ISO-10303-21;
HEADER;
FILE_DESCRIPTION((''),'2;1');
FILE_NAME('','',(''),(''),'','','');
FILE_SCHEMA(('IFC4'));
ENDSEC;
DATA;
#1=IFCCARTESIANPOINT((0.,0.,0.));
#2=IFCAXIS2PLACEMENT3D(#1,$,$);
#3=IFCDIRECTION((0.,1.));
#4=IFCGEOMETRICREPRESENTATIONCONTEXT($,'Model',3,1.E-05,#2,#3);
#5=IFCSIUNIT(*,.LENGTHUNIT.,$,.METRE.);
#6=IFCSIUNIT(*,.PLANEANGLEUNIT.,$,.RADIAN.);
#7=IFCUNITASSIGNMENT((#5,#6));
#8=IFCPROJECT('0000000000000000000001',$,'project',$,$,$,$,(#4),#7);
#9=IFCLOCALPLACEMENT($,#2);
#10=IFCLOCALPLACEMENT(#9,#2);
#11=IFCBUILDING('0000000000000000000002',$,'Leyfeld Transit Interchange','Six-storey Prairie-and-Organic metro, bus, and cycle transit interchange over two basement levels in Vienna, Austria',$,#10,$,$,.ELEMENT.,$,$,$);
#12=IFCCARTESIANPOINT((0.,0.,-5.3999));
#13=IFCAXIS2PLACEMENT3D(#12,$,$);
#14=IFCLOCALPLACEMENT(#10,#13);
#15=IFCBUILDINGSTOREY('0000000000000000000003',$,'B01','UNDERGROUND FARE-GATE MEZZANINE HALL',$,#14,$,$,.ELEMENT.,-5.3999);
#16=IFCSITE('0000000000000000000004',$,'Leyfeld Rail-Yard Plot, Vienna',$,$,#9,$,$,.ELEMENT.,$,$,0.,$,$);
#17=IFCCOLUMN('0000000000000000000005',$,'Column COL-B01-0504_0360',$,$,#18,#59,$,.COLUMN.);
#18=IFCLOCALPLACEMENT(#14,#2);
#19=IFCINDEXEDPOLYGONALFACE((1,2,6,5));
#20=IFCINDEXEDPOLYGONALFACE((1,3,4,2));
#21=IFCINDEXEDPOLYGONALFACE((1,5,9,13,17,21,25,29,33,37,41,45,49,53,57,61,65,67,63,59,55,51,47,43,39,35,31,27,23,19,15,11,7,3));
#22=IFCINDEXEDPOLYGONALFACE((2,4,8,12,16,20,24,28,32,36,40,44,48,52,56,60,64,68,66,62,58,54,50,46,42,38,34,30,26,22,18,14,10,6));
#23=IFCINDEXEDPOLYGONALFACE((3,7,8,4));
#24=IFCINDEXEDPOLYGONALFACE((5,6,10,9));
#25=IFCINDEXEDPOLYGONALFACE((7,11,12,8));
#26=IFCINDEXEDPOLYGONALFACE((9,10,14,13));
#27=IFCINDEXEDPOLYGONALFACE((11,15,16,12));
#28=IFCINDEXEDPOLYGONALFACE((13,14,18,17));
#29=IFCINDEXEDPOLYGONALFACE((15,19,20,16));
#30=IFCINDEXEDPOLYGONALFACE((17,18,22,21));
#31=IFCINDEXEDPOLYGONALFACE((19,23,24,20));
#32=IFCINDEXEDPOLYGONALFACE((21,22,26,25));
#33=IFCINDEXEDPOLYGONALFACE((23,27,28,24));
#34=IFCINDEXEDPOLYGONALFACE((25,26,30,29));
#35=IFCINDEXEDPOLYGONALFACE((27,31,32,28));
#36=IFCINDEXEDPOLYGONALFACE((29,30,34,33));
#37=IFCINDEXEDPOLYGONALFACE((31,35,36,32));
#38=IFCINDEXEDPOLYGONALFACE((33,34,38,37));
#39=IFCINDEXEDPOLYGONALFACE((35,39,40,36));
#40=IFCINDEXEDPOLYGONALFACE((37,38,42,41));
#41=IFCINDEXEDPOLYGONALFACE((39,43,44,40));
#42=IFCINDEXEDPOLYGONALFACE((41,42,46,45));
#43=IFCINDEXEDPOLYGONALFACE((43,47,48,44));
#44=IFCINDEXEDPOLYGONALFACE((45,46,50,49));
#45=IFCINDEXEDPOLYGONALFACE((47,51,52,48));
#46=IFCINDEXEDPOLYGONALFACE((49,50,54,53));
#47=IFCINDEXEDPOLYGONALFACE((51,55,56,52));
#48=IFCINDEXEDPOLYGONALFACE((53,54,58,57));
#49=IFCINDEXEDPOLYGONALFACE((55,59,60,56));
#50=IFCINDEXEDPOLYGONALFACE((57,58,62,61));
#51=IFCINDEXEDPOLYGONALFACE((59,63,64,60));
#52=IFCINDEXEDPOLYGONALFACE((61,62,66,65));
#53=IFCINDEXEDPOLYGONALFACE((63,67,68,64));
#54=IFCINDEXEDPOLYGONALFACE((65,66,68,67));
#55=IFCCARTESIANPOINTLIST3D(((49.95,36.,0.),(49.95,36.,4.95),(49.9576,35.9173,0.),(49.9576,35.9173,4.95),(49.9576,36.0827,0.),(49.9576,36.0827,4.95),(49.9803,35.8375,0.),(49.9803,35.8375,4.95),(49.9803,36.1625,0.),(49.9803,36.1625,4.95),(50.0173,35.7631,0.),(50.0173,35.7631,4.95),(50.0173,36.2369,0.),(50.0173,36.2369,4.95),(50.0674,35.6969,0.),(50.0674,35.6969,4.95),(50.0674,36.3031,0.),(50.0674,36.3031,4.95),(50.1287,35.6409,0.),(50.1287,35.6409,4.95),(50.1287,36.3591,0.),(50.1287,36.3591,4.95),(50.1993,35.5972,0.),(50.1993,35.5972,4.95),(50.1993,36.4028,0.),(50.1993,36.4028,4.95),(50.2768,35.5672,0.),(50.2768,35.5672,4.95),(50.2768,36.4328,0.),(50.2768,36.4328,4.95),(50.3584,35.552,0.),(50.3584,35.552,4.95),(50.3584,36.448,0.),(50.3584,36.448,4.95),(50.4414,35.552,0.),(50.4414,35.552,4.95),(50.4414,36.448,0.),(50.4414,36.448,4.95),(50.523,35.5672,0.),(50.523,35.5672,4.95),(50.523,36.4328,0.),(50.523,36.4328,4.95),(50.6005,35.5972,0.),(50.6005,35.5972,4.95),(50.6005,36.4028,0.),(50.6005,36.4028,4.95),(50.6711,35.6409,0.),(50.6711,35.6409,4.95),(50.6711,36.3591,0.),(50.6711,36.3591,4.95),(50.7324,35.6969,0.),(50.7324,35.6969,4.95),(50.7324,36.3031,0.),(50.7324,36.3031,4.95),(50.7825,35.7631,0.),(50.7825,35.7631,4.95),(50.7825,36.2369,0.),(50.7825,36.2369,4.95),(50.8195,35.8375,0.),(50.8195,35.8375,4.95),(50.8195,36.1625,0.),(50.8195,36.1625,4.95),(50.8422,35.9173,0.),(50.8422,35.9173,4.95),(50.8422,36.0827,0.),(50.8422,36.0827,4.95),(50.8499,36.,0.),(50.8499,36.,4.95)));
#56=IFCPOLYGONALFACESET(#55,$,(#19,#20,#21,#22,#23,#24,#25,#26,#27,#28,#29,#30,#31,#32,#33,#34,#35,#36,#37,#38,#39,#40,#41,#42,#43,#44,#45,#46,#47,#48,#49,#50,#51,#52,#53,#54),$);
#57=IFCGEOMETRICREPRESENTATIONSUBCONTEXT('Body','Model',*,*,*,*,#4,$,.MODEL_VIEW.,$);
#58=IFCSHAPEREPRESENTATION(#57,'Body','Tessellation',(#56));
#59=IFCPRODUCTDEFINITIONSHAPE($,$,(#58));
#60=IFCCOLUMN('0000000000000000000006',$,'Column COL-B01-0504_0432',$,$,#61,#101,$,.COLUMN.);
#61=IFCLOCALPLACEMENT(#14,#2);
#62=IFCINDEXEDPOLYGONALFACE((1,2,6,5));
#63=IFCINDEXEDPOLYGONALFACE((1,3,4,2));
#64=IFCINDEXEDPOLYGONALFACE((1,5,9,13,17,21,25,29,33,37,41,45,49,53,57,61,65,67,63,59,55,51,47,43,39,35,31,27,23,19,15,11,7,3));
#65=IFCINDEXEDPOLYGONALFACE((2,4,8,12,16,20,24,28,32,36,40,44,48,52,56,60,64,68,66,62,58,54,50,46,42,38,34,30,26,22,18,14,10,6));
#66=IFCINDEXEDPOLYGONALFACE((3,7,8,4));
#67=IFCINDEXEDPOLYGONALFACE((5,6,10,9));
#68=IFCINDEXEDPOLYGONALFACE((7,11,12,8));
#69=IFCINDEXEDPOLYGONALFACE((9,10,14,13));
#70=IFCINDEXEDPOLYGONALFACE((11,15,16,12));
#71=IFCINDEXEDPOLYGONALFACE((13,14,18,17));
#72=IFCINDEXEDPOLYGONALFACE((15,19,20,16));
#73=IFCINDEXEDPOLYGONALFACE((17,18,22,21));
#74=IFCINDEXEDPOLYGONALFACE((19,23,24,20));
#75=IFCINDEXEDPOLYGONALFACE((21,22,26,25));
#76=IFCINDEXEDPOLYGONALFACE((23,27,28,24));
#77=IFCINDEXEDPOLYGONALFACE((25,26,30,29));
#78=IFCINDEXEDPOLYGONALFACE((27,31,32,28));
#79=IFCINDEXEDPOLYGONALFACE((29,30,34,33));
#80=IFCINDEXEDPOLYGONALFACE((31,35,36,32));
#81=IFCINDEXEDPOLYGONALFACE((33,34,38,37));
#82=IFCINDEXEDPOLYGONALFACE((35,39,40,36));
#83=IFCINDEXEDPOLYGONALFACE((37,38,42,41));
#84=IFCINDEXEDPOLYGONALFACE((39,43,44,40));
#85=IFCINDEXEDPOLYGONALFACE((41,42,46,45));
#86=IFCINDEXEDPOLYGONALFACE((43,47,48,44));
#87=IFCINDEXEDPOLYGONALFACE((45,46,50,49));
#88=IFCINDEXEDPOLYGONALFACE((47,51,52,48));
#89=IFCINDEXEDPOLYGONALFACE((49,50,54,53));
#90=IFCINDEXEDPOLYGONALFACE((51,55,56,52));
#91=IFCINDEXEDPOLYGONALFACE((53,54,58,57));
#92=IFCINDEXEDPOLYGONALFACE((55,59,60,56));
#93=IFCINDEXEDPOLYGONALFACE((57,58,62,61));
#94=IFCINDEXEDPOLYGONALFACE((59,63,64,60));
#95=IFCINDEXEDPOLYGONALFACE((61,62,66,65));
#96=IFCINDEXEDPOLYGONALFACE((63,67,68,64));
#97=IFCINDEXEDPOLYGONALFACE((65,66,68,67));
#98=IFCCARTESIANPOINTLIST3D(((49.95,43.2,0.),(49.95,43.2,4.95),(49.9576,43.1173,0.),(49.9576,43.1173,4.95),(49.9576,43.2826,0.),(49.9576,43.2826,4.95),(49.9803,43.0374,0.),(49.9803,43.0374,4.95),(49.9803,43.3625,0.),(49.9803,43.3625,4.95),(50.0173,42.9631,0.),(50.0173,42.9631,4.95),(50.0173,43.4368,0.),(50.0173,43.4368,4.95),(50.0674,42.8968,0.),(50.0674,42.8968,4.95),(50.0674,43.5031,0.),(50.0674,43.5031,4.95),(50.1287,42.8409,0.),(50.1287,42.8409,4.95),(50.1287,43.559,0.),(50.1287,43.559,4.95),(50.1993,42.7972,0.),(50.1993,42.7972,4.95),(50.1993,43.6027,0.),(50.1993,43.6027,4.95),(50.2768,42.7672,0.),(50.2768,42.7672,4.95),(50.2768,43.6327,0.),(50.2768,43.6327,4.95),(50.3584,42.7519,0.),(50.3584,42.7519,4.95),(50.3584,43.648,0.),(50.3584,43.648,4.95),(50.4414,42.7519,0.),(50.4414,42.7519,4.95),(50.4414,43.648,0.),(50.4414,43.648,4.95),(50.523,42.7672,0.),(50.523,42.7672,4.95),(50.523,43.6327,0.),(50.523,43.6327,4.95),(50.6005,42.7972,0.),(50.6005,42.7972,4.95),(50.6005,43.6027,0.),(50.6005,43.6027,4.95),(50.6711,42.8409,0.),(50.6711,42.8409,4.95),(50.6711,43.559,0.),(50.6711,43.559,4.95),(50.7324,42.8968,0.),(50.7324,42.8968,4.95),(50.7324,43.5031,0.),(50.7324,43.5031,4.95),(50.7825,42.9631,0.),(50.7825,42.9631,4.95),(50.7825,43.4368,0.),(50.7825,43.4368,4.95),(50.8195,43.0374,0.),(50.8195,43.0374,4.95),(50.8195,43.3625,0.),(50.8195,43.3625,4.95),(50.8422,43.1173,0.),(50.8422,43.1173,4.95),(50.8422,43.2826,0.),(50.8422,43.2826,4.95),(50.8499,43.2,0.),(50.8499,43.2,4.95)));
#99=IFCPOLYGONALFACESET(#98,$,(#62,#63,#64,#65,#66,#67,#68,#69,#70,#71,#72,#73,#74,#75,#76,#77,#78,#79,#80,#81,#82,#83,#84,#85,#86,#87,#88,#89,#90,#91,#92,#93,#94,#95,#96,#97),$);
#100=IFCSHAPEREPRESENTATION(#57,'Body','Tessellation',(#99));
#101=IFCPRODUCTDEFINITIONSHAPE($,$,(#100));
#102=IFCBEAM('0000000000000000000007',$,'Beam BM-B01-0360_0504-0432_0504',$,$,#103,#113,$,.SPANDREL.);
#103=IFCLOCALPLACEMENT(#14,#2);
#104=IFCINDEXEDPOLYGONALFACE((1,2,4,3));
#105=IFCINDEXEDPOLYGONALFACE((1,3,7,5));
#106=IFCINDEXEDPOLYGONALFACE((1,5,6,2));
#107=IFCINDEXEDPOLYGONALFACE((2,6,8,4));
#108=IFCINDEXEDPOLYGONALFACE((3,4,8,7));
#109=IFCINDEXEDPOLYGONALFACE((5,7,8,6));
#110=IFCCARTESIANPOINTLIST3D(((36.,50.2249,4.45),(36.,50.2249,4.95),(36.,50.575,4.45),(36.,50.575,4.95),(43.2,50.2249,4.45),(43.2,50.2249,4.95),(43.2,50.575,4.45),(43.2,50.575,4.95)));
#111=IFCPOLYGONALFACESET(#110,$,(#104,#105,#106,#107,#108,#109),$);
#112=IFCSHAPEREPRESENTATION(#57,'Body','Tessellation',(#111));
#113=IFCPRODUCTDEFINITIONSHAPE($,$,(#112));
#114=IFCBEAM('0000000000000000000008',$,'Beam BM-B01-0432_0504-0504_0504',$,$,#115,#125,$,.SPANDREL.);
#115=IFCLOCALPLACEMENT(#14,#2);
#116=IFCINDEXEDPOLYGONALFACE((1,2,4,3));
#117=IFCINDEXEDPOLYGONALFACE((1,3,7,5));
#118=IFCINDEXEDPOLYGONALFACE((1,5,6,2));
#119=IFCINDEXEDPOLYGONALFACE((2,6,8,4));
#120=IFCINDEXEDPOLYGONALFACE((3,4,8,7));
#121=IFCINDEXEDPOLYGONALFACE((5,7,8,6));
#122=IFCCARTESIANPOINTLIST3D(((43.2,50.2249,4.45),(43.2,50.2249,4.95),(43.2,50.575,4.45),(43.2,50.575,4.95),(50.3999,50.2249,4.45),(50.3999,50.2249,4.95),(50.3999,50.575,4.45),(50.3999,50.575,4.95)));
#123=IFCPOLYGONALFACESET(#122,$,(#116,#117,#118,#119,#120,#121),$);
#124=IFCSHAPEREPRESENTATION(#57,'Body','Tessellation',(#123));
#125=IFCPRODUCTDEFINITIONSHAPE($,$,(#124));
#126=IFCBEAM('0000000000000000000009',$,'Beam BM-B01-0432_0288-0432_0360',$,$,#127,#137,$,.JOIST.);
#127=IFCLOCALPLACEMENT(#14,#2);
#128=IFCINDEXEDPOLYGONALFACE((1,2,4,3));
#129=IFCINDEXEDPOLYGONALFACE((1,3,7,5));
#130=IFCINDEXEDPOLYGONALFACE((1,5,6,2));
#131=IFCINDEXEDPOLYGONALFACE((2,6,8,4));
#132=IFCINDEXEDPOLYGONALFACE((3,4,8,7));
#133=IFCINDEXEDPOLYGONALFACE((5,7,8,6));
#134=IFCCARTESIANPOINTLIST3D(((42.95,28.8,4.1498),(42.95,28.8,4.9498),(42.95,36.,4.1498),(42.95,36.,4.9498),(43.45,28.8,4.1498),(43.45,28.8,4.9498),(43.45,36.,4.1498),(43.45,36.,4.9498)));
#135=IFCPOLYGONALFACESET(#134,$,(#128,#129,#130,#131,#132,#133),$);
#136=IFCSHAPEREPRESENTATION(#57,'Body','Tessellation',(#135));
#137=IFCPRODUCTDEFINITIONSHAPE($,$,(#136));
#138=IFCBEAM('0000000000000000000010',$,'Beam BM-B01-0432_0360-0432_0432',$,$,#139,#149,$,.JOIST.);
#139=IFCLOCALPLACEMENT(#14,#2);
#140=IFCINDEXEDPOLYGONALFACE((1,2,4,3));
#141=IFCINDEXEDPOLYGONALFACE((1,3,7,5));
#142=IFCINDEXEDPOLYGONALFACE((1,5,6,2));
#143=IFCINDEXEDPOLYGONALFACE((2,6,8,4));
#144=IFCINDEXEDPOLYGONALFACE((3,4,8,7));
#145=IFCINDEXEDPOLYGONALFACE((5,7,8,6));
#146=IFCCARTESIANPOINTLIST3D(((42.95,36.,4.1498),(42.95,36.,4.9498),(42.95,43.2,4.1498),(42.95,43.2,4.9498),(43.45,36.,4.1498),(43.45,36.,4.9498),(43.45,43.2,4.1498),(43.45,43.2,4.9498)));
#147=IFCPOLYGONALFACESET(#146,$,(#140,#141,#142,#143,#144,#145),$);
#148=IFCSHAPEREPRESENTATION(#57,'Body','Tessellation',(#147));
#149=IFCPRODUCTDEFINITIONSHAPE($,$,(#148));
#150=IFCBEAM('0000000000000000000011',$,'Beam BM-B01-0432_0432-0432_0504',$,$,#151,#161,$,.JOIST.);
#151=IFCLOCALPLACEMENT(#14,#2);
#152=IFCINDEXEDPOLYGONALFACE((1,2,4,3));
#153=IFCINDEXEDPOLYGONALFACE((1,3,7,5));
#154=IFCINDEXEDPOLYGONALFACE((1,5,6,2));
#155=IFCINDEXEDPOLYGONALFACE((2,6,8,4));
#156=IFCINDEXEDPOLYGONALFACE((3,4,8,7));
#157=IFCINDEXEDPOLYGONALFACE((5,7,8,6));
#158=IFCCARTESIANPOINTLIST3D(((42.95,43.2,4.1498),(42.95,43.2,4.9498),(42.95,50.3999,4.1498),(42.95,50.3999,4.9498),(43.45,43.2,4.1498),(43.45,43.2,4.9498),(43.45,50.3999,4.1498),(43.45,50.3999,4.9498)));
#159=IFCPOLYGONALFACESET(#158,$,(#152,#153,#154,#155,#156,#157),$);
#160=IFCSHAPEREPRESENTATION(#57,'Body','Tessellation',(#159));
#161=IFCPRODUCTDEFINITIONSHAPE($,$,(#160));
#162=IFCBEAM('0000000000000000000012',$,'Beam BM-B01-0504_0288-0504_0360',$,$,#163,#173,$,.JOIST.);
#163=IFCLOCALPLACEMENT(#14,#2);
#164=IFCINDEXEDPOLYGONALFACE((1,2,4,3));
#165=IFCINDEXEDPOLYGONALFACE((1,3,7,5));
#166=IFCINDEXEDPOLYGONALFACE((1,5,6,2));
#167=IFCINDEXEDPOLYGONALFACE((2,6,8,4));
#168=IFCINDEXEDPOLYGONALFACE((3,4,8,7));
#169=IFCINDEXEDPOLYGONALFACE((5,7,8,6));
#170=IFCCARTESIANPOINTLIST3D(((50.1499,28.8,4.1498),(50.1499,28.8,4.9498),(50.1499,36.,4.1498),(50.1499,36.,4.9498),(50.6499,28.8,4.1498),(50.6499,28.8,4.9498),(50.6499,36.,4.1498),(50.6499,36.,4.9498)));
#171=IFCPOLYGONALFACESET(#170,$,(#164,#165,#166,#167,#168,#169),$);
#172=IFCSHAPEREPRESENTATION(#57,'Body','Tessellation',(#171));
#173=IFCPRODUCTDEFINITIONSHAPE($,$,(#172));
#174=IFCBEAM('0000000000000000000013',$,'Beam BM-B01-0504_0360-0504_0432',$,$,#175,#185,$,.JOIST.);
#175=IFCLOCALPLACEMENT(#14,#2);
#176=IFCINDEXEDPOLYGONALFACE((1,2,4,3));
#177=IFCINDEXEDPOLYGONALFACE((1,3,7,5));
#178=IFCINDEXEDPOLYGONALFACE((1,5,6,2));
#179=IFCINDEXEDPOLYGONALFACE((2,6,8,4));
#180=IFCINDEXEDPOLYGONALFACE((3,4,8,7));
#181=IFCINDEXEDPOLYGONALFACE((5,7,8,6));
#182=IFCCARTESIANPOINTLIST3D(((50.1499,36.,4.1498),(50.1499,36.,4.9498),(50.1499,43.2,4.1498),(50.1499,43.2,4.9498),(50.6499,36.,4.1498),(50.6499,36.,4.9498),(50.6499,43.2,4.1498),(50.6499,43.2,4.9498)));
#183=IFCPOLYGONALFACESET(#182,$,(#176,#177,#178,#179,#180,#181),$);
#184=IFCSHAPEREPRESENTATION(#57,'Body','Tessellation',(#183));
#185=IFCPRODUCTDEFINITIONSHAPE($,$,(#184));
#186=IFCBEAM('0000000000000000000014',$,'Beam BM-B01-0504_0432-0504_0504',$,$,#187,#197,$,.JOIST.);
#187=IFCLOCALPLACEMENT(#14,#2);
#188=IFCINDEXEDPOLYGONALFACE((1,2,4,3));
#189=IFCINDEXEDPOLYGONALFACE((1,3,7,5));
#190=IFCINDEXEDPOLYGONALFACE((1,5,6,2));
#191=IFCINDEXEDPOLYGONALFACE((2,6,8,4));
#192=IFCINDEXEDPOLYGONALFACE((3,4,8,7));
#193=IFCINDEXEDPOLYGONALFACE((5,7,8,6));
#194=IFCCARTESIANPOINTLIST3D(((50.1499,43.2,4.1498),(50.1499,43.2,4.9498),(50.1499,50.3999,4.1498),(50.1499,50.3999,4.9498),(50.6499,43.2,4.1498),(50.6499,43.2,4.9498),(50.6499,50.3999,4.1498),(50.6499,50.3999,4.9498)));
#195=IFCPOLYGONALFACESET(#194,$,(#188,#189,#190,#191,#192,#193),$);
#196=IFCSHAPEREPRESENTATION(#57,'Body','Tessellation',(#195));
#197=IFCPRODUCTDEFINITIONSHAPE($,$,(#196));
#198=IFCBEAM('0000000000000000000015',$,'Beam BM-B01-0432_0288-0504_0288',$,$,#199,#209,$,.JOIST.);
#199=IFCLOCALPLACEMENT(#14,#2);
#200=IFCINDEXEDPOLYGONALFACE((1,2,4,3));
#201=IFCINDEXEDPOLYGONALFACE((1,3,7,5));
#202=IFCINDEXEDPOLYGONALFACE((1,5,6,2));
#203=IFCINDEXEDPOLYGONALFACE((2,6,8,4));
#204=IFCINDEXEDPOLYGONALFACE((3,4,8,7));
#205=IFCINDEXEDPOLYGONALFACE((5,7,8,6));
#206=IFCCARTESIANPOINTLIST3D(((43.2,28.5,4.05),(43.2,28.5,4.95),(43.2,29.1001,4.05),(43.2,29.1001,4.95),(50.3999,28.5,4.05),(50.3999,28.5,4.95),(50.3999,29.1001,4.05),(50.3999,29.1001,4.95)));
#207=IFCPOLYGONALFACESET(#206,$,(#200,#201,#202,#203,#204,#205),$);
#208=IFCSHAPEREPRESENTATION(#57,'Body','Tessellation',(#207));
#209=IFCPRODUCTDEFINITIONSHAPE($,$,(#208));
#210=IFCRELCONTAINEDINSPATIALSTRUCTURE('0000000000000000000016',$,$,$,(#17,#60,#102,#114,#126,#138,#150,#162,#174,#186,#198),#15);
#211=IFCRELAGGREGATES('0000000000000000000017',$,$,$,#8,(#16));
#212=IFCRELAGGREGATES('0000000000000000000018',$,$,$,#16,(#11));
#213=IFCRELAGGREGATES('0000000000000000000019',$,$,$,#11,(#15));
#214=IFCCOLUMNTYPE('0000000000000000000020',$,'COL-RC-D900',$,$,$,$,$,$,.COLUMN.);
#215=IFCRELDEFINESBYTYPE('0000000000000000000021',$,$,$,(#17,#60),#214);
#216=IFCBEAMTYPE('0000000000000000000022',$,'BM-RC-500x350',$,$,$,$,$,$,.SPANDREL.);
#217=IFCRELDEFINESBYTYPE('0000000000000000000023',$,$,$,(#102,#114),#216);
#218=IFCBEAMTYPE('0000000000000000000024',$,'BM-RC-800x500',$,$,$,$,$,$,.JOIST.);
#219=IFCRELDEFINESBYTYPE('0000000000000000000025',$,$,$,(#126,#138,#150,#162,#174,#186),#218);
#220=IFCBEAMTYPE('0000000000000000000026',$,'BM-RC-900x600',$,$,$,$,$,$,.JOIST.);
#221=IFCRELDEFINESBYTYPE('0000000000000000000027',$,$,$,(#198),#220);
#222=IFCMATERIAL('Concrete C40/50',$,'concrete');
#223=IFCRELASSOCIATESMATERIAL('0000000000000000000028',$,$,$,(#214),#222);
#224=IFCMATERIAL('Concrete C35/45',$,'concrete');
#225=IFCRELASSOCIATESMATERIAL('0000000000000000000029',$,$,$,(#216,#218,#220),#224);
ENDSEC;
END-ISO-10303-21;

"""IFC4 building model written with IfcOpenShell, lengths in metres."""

from ifc_helpers import new_model, si_unit, direction, frame, origin, origin_2d, place, context, subcontext, project, spatial, rectangle, circle, extrude, material, material_profile, profile_set, type_object, element, save


model = new_model("IFC4")

# Units and contexts
model_context = context("Model", 3, precision=1e-05, world=origin(), true_north=direction((0.0, 1.0)))
body_context = subcontext(model_context, "Body", "Model", "MODEL_VIEW")
ifc_project = project(units=[si_unit("LENGTHUNIT", "METRE"), si_unit("PLANEANGLEUNIT", "RADIAN")], contexts=[model_context])

# Site, building, storey
site_placement = place(None, origin())
site = spatial("IfcSite", under=ifc_project, at=site_placement, Name="Leyfeld Rail-Yard Plot, Vienna", CompositionType="ELEMENT", RefElevation=0.0)
building_placement = place(site_placement, origin())
building = spatial("IfcBuilding", under=site, at=building_placement, Name="Leyfeld Transit Interchange", Description="Six-storey Prairie-and-Organic metro, bus, and cycle transit interchange over two basement levels in Vienna, Austria", CompositionType="ELEMENT")
storey_placement = place(building_placement, frame((0.0, 0.0, -5.3999)))
storey = spatial("IfcBuildingStorey", under=building, at=storey_placement, Name="B01", Description="UNDERGROUND FARE-GATE MEZZANINE HALL", CompositionType="ELEMENT", Elevation=-5.3999)

# Columns
ifc_material_1 = material(Name="Concrete C35/45", Category="concrete")
ifc_material_2 = material(Name="Concrete C40/50", Category="concrete")
ifc_material_profile_1 = material_profile(ifc_material_2, circle(Radius=0.45, at=origin_2d()), Name="RC D900")
ifc_profile_set_1 = profile_set([ifc_material_profile_1], Name="Concrete C40/50")
column_type_1 = type_object("IfcColumnType", Name="COL-RC-D900", PredefinedType="COLUMN", material=ifc_profile_set_1)
for number, where, z_axis, x_axis, name in (
    (1, (50.3999, 36.0, 0.0), (0.0, 0.0, 1.0), (1.0, 0.0, 0.0), "Column COL-B01-0504_0360"),
    (2, (50.3999, 43.2, 0.0), (0.0, 0.0, 1.0), (1.0, 0.0, 0.0), "Column COL-B01-0504_0432"),
):
    element("IfcColumn", number, at=place(storey_placement, frame(where, z_axis=z_axis, x_axis=x_axis)), inside=storey, type_object=column_type_1, Name=name, PredefinedType="COLUMN", context=body_context, shape_type="SweptSolid", body=[
        extrude(circle(Radius=0.45, at=origin_2d()), origin(), (0.0, 0.0, 1.0), 4.95),
    ])

# Beams
ifc_material_profile_2 = material_profile(ifc_material_1, rectangle(XDim=0.3501, YDim=0.5, at=origin_2d()), Name="RC 500x350")
ifc_profile_set_2 = profile_set([ifc_material_profile_2], Name="Concrete C35/45")
beam_type_1 = type_object("IfcBeamType", Name="BM-RC-500x350", PredefinedType="SPANDREL", material=ifc_profile_set_2)
for number, where, z_axis, x_axis, name in (
    (3, (36.0, 50.3999, 4.7), (1.0, 0.0, 0.0), (0.0, 1.0, 0.0), "Beam BM-B01-0360_0504-0432_0504"),
    (4, (43.2, 50.3999, 4.7), (1.0, 0.0, 0.0), (0.0, 1.0, 0.0), "Beam BM-B01-0432_0504-0504_0504"),
):
    element("IfcBeam", number, at=place(storey_placement, frame(where, z_axis=z_axis, x_axis=x_axis)), inside=storey, type_object=beam_type_1, Name=name, PredefinedType="SPANDREL", context=body_context, shape_type="SweptSolid", body=[
        extrude(rectangle(XDim=0.3501, YDim=0.5, at=origin_2d()), origin(), (0.0, 0.0, 1.0), 7.2),
    ])
ifc_material_profile_3 = material_profile(ifc_material_1, rectangle(XDim=0.5, YDim=0.8, at=origin_2d()), Name="RC 800x500")
ifc_profile_set_3 = profile_set([ifc_material_profile_3], Name="Concrete C35/45")
beam_type_2 = type_object("IfcBeamType", Name="BM-RC-800x500", PredefinedType="JOIST", material=ifc_profile_set_3)
for number, where, z_axis, x_axis, name in (
    (5, (43.2, 28.8, 4.5498), (0.0, 1.0, 0.0), (-1.0, 0.0, 0.0), "Beam BM-B01-0432_0288-0432_0360"),
    (6, (43.2, 36.0, 4.5498), (0.0, 1.0, 0.0), (-1.0, 0.0, 0.0), "Beam BM-B01-0432_0360-0432_0432"),
    (7, (43.2, 43.2, 4.5498), (0.0, 1.0, 0.0), (-1.0, 0.0, 0.0), "Beam BM-B01-0432_0432-0432_0504"),
    (8, (50.3999, 28.8, 4.5498), (0.0, 1.0, 0.0), (-1.0, 0.0, 0.0), "Beam BM-B01-0504_0288-0504_0360"),
    (9, (50.3999, 36.0, 4.5498), (0.0, 1.0, 0.0), (-1.0, 0.0, 0.0), "Beam BM-B01-0504_0360-0504_0432"),
    (10, (50.3999, 43.2, 4.5498), (0.0, 1.0, 0.0), (-1.0, 0.0, 0.0), "Beam BM-B01-0504_0432-0504_0504"),
):
    element("IfcBeam", number, at=place(storey_placement, frame(where, z_axis=z_axis, x_axis=x_axis)), inside=storey, type_object=beam_type_2, Name=name, PredefinedType="JOIST", context=body_context, shape_type="SweptSolid", body=[
        extrude(rectangle(XDim=0.5, YDim=0.8, at=origin_2d()), origin(), (0.0, 0.0, 1.0), 7.2),
    ])
ifc_material_profile_4 = material_profile(ifc_material_1, rectangle(XDim=0.6001, YDim=0.8999, at=origin_2d()), Name="RC 900x600")
ifc_profile_set_4 = profile_set([ifc_material_profile_4], Name="Concrete C35/45")
beam_type_3 = type_object("IfcBeamType", Name="BM-RC-900x600", PredefinedType="JOIST", material=ifc_profile_set_4)
beam_1_placement = place(storey_placement, frame((43.2, 28.8, 4.5), z_axis=(1.0, 0.0, 0.0), x_axis=(0.0, 1.0, 0.0)))
element("IfcBeam", 11, at=beam_1_placement, inside=storey, type_object=beam_type_3, Name="Beam BM-B01-0432_0288-0504_0288", PredefinedType="JOIST", context=body_context, shape_type="SweptSolid", body=[
    extrude(rectangle(XDim=0.6001, YDim=0.8999, at=origin_2d()), origin(), (0.0, 0.0, 1.0), 7.2),
])

save(model, "model.ifc")
